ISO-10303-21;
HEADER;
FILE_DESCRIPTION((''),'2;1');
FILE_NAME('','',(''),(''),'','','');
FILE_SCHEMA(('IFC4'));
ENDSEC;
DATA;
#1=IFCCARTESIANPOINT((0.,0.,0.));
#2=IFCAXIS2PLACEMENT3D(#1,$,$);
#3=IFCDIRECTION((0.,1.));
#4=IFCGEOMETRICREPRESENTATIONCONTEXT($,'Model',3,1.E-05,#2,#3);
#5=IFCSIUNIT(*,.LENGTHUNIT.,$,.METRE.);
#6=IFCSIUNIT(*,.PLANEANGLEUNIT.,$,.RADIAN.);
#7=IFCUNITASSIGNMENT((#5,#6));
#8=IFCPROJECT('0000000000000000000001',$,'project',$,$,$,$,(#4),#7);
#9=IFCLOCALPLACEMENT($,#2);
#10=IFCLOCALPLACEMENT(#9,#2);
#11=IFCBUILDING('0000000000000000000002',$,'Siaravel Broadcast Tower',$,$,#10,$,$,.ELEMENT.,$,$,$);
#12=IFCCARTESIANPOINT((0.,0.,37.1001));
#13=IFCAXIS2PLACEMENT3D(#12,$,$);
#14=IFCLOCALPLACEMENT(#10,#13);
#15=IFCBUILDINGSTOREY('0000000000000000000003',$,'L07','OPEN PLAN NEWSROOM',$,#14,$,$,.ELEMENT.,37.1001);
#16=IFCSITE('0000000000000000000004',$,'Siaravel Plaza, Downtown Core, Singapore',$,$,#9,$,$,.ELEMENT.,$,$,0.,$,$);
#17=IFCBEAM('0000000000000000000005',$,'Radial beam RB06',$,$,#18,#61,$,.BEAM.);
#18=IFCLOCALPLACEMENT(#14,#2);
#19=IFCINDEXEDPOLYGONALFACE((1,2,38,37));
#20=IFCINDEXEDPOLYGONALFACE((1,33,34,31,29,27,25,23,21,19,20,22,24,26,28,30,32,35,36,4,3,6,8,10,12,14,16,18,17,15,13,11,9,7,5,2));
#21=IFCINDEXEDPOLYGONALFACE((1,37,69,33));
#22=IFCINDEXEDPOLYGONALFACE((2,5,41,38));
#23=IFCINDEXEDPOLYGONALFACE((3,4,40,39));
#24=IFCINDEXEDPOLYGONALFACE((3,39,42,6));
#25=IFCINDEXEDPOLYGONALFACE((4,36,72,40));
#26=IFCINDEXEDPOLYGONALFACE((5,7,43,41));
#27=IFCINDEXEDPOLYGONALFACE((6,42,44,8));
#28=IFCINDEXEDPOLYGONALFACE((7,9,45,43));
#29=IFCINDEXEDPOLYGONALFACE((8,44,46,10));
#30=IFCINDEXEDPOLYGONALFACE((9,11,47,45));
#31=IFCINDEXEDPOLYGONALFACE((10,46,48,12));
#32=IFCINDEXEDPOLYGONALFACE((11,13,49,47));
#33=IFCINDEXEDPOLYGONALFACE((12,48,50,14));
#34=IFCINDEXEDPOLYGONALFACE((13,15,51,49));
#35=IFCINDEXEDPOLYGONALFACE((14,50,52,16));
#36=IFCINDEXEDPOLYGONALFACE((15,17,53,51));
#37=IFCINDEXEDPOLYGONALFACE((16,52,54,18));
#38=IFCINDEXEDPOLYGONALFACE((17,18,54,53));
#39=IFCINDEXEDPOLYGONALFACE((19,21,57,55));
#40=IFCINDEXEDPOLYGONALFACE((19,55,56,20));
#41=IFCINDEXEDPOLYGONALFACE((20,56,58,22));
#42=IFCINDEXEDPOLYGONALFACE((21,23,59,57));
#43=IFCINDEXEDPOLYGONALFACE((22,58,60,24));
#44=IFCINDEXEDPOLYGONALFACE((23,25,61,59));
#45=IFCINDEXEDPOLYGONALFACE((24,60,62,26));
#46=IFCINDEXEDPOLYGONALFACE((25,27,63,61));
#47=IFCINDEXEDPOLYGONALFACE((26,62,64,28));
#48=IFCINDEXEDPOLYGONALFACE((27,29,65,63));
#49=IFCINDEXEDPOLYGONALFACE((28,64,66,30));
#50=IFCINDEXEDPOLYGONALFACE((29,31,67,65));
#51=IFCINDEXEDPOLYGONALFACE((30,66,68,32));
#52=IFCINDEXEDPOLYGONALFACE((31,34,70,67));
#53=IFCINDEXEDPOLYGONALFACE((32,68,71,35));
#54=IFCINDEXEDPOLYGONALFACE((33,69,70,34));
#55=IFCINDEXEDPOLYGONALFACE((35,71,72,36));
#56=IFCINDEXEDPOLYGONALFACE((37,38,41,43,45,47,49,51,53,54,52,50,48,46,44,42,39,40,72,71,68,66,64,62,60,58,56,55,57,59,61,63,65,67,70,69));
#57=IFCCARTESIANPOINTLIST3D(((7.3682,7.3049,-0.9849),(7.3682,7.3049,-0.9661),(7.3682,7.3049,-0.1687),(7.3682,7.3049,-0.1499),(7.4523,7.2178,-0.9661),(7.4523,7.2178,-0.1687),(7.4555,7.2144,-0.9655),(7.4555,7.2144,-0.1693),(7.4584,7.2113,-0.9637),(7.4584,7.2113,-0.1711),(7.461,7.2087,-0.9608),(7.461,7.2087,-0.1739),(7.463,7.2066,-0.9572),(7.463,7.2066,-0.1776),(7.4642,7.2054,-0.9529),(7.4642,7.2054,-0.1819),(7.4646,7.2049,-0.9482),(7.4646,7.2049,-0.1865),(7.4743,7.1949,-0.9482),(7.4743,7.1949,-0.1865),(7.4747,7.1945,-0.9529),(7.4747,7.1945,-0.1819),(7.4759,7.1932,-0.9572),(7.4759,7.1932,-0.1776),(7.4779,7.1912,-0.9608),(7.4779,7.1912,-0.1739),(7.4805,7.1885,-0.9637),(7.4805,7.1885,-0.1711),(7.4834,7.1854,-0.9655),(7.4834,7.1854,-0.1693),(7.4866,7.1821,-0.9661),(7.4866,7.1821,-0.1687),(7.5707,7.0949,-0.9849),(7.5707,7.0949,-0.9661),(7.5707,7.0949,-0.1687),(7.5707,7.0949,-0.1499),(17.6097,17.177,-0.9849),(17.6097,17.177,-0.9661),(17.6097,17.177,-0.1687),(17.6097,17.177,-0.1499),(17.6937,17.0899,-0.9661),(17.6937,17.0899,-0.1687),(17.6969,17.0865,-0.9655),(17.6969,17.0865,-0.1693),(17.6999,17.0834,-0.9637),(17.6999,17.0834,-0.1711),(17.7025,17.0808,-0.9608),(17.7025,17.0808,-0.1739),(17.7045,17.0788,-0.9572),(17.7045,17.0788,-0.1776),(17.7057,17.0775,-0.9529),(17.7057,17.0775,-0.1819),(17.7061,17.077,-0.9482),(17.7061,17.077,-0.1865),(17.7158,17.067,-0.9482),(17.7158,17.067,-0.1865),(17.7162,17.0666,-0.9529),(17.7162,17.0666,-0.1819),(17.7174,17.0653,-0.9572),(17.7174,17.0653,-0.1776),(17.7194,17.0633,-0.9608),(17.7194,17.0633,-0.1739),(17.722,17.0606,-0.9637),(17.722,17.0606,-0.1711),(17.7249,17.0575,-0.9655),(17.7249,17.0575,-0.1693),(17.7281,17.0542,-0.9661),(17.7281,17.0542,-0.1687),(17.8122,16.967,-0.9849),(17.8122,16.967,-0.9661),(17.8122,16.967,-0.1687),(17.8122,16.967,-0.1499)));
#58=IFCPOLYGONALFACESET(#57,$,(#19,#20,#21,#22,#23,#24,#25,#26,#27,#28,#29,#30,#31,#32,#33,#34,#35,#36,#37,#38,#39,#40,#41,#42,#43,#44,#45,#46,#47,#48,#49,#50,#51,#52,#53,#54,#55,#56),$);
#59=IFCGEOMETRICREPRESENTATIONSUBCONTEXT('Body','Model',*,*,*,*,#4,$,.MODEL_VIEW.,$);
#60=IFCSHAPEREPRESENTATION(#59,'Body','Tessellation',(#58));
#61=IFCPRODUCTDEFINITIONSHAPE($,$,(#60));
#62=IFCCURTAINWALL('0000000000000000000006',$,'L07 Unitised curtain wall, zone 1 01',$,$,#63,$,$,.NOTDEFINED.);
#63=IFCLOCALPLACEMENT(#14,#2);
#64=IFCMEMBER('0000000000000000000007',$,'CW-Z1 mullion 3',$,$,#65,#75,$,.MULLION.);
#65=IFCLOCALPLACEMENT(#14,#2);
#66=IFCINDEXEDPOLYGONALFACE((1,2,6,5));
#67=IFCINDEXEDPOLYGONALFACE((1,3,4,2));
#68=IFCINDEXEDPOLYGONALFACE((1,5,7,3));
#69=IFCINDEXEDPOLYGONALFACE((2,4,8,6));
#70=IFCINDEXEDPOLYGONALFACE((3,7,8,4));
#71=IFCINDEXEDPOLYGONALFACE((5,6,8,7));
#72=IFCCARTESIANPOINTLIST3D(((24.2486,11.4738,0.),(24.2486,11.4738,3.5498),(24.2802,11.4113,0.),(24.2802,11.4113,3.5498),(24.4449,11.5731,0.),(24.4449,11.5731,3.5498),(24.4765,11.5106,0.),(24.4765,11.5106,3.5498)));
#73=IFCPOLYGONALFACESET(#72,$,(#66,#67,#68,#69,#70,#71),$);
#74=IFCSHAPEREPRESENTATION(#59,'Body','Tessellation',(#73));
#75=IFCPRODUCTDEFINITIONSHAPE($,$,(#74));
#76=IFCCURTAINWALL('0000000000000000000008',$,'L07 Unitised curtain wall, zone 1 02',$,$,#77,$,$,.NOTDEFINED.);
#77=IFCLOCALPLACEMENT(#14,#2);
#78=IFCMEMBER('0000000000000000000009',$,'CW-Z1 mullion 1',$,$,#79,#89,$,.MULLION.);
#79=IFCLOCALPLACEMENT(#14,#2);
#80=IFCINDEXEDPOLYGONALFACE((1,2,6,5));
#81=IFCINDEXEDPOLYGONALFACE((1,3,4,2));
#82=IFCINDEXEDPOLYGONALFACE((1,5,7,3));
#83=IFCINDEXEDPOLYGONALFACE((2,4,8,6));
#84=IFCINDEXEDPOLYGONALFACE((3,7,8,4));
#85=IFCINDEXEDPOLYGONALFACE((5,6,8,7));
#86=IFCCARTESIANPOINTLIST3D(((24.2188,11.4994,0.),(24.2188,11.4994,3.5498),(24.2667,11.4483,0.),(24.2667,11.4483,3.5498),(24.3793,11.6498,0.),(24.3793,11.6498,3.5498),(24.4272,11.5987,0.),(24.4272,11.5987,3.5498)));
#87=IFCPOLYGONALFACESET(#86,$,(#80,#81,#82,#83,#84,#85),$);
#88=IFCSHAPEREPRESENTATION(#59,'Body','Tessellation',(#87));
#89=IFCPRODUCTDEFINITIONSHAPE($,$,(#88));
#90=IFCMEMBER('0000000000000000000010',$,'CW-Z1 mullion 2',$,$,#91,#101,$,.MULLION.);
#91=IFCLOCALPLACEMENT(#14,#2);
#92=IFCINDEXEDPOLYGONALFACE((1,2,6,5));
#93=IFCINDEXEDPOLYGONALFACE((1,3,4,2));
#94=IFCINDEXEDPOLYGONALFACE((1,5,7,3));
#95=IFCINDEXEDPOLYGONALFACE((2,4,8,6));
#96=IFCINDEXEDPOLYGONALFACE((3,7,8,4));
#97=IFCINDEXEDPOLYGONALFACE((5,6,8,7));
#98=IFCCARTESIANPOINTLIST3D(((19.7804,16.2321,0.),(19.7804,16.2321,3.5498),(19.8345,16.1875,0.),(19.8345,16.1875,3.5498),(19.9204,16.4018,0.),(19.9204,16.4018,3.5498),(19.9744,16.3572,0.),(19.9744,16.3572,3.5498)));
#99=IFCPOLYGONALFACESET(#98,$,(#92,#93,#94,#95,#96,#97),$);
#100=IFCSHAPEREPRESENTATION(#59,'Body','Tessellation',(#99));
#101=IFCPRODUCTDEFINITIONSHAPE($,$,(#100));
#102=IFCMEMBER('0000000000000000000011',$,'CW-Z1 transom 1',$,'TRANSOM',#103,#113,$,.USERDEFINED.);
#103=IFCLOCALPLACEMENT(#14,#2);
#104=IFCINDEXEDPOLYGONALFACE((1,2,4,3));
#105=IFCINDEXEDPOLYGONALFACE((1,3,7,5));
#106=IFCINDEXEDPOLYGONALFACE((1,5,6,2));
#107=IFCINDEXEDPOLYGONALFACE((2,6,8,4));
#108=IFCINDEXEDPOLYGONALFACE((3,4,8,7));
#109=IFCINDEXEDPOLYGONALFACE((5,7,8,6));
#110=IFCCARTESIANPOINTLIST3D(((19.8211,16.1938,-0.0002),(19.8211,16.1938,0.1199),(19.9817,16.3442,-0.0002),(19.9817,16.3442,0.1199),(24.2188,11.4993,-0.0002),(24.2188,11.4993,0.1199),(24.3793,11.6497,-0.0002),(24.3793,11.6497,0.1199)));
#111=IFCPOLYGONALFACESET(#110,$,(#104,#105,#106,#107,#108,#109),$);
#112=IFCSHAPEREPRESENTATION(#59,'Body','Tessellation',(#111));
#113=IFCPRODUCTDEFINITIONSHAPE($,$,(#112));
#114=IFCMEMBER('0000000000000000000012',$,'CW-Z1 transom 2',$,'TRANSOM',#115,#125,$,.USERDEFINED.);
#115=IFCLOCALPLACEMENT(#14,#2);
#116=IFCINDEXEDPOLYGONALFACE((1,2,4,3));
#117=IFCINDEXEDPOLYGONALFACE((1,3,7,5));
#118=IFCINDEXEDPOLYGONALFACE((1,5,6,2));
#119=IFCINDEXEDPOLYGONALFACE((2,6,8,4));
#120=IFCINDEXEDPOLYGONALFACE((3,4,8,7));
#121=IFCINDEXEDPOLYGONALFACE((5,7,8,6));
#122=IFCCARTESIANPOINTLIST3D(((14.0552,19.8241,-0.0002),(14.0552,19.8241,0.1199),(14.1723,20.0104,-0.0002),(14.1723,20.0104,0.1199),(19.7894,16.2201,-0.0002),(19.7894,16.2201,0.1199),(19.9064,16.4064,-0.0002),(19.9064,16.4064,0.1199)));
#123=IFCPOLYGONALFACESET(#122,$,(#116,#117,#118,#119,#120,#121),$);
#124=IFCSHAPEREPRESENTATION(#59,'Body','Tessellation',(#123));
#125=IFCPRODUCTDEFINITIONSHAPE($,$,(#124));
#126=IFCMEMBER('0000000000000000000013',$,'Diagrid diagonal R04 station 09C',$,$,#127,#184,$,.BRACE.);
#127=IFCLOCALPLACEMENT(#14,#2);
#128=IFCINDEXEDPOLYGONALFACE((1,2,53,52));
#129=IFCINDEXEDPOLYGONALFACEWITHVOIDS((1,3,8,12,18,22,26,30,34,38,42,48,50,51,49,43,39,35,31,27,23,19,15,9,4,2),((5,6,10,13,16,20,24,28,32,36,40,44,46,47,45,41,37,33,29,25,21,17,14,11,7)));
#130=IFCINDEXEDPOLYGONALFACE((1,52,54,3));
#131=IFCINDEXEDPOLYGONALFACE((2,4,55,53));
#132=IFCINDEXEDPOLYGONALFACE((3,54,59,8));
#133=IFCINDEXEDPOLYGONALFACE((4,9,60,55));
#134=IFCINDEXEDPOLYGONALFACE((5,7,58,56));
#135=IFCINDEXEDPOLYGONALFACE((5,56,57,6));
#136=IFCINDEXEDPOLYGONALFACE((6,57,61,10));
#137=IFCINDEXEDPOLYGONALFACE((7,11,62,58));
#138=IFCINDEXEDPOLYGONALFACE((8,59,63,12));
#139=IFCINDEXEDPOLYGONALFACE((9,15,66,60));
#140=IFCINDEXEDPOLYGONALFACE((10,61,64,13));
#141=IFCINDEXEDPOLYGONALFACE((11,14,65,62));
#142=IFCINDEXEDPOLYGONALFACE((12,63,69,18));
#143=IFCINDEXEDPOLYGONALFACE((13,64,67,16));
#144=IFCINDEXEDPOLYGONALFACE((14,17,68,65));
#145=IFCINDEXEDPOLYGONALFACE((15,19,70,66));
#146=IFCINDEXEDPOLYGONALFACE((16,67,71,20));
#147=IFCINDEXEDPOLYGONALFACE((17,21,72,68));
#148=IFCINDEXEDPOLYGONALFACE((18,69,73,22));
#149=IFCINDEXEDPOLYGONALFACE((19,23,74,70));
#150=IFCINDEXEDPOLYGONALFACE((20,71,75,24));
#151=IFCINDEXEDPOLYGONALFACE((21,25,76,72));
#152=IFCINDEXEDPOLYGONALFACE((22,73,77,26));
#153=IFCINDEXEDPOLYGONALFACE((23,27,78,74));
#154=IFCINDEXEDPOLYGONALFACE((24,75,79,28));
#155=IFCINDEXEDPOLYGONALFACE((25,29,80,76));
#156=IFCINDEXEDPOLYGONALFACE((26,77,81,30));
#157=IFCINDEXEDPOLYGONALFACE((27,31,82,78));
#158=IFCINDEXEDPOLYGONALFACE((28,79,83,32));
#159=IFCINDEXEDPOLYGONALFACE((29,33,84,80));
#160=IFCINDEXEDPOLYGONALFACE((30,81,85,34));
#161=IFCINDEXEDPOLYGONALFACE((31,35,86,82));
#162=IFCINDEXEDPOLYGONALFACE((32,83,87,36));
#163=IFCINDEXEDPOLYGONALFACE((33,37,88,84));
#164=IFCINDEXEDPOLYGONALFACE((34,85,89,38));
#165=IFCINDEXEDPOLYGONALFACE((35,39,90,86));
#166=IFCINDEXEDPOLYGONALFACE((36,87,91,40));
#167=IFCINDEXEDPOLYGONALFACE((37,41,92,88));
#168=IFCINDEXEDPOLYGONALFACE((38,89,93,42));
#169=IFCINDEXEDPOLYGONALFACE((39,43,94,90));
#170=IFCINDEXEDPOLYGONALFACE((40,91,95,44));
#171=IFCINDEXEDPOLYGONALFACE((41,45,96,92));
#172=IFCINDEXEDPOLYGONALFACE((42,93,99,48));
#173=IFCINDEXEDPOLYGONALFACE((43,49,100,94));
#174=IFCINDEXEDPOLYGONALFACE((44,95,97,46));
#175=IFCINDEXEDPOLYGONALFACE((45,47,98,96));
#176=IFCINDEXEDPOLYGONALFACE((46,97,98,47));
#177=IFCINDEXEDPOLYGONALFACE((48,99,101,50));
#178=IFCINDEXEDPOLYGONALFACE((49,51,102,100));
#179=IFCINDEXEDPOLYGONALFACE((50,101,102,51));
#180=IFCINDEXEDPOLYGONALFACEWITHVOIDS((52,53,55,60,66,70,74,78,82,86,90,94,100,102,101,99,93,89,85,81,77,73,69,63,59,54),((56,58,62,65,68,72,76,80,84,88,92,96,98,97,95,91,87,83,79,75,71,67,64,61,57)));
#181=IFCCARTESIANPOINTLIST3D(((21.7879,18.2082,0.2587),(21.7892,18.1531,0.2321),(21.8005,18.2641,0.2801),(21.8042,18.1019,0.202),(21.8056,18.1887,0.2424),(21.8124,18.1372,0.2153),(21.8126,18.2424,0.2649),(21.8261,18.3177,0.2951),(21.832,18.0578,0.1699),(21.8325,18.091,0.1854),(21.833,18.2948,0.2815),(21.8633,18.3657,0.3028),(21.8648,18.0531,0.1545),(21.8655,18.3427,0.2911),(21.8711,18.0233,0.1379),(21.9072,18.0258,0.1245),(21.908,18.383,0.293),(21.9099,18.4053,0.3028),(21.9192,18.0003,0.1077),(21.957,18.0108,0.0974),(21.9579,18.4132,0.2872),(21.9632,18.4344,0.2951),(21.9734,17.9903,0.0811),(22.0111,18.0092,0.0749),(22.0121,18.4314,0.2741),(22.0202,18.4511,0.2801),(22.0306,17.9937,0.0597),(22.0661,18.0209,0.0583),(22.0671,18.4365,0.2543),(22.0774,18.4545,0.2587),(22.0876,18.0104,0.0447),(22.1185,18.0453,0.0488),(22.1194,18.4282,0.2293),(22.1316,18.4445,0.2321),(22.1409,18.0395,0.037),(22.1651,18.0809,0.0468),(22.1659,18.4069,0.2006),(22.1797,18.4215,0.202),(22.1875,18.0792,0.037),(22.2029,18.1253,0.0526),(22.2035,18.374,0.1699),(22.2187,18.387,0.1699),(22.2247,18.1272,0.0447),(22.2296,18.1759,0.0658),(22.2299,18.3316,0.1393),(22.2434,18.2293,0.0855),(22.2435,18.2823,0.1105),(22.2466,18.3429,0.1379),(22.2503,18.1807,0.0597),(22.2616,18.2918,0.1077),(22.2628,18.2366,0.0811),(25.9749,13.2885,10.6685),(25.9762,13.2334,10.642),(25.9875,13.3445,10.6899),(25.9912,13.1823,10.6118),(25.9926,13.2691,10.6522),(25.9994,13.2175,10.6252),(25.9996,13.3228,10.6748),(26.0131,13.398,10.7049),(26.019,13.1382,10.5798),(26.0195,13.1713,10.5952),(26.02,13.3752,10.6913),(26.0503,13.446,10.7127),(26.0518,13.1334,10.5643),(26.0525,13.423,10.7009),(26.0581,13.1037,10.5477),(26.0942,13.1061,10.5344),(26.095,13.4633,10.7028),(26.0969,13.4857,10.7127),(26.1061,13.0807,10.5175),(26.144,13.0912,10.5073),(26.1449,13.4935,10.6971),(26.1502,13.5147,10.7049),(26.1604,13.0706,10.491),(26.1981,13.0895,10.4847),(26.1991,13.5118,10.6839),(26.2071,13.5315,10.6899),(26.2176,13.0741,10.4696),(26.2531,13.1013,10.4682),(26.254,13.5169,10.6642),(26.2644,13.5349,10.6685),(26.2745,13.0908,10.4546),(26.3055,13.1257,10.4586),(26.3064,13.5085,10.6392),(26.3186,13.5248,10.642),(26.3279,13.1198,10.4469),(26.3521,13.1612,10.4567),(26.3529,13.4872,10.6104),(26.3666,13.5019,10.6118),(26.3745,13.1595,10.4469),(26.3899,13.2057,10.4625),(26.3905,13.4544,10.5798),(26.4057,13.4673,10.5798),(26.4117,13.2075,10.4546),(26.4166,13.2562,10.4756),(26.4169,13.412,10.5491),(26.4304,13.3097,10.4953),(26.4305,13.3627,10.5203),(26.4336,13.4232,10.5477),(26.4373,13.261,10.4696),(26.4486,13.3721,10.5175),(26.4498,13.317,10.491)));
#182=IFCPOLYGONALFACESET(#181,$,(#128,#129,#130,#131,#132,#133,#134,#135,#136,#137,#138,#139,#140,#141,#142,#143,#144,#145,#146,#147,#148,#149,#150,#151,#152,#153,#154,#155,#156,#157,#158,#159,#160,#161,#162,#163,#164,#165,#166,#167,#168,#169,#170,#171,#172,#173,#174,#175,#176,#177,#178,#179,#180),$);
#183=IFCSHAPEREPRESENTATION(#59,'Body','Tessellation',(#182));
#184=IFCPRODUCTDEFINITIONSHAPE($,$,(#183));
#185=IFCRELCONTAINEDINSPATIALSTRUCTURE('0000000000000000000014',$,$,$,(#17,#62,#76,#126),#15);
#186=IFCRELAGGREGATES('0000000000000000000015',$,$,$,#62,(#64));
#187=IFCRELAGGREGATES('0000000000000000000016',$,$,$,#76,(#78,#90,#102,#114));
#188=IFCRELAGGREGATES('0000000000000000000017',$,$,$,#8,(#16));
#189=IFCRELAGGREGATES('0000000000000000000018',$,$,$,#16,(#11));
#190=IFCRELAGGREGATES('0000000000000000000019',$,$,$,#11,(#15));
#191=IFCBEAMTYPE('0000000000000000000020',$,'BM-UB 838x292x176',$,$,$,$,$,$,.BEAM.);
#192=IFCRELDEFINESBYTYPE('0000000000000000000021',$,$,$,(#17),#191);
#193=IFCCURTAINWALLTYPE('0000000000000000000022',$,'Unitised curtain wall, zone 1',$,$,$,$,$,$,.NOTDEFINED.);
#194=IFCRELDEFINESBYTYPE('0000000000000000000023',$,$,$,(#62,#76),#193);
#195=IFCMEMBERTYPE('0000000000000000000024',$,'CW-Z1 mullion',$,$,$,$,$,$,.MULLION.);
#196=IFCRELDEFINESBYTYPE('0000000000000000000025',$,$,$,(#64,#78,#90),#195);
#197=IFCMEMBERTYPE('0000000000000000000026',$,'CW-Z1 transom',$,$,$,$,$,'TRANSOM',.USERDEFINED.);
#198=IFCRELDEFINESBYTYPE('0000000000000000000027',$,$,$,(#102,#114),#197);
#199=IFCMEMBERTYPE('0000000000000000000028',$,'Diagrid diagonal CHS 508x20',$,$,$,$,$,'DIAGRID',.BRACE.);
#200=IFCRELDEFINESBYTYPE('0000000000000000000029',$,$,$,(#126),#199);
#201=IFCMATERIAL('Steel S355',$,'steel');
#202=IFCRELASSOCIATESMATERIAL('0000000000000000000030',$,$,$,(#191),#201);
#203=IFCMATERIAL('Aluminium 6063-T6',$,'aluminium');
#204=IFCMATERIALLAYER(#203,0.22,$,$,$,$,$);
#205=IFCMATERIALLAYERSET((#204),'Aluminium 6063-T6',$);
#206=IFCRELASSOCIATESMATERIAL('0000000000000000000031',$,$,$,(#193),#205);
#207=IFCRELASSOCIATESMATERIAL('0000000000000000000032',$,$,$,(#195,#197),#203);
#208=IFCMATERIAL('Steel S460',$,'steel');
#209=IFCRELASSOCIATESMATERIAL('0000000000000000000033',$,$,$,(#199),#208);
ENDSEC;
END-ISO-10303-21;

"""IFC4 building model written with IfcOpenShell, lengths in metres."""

from ifc_helpers import new_model, si_unit, direction, frame, origin, origin_2d, place, context, subcontext, project, spatial, rectangle, hollow_circle, i_section, extrude, material, layer, layer_set, material_profile, profile_set, type_object, element, aggregate, save


model = new_model("IFC4")

# Units and contexts
model_context = context("Model", 3, precision=1e-05, world=origin(), true_north=direction((0.0, 1.0)))
body_context = subcontext(model_context, "Body", "Model", "MODEL_VIEW")
ifc_project = project(units=[si_unit("LENGTHUNIT", "METRE"), si_unit("PLANEANGLEUNIT", "RADIAN")], contexts=[model_context])

# Site, building, storey
site_placement = place(None, origin())
site = spatial("IfcSite", under=ifc_project, at=site_placement, Name="Siaravel Plaza, Downtown Core, Singapore", CompositionType="ELEMENT", RefElevation=0.0)
building_placement = place(site_placement, origin())
building = spatial("IfcBuilding", under=site, at=building_placement, Name="Siaravel Broadcast Tower", CompositionType="ELEMENT")
storey_placement = place(building_placement, frame((0.0, 0.0, 37.1001)))
storey = spatial("IfcBuildingStorey", under=building, at=storey_placement, Name="L07", Description="OPEN PLAN NEWSROOM", CompositionType="ELEMENT", Elevation=37.1001)

# Beam
ifc_material_1 = material(Name="Steel S355", Category="steel")
ifc_material_profile_1 = material_profile(ifc_material_1, i_section(OverallWidth=0.2917, OverallDepth=0.835, WebThickness=0.0139, FlangeThickness=0.0188, FilletRadius=0.0178, at=origin_2d()))
ifc_profile_set_1 = profile_set([ifc_material_profile_1], Name="Steel S355")
beam_type = type_object("IfcBeamType", Name="BM-UB 838x292x176", PredefinedType="BEAM", material=ifc_profile_set_1)
beam_1_placement = place(storey_placement, frame((17.7109, 17.072, -0.5674), z_axis=(-0.719971, -0.694004, 0.0), x_axis=(0.694004, -0.719971, 0.0)))
element("IfcBeam", 1, at=beam_1_placement, inside=storey, type_object=beam_type, Name="Radial beam RB06", PredefinedType="BEAM", context=body_context, shape_type="SweptSolid", body=[
    extrude(i_section(OverallWidth=0.2917, OverallDepth=0.835, WebThickness=0.0139, FlangeThickness=0.0188, FilletRadius=0.0178, at=origin_2d()), origin(), (0.0, 0.0, 1.0), 14.2249),
])

# Curtain wall, member
ifc_material_2 = material(Name="Aluminium 6063-T6", Category="aluminium")
ifc_layer_1 = layer(ifc_material_2, 0.22)
ifc_layer_set_1 = layer_set([ifc_layer_1], Name="Aluminium 6063-T6")
curtain_wall_type = type_object("IfcCurtainWallType", Name="Unitised curtain wall, zone 1", PredefinedType="NOTDEFINED", material=ifc_layer_set_1)
curtain_wall_1_placement = place(storey_placement, origin())
curtain_wall_1 = element("IfcCurtainWall", 2, at=curtain_wall_1_placement, inside=storey, type_object=curtain_wall_type, Name="L07 Unitised curtain wall, zone 1 01", PredefinedType="NOTDEFINED")
ifc_material_profile_2 = material_profile(ifc_material_2, rectangle(XDim=0.22, YDim=0.0701, at=origin_2d()))
ifc_profile_set_2 = profile_set([ifc_material_profile_2], Name="Aluminium 6063-T6")
member_type_1 = type_object("IfcMemberType", Name="CW-Z1 mullion", PredefinedType="MULLION", material=ifc_profile_set_2)
member_1_placement = place(storey_placement, frame((24.3625, 11.4922, 0.0), z_axis=(0.0, 0.0, 1.0), x_axis=(-0.892392, -0.451261, 0.0)))
member_1 = element("IfcMember", 3, at=member_1_placement, type_object=member_type_1, Name="CW-Z1 mullion 3", PredefinedType="MULLION", context=body_context, shape_type="SweptSolid", body=[
    extrude(rectangle(XDim=0.22, YDim=0.0701, at=origin_2d()), origin(), (0.0, 0.0, 1.0), 3.5498),
])
aggregate(curtain_wall_1, [member_1])

# Curtain wall, members
curtain_wall_2_placement = place(storey_placement, origin())
curtain_wall_2 = element("IfcCurtainWall", 4, at=curtain_wall_2_placement, inside=storey, type_object=curtain_wall_type, Name="L07 Unitised curtain wall, zone 1 02", PredefinedType="NOTDEFINED")
member_2_placement = place(storey_placement, frame((24.323, 11.5491, 0.0), z_axis=(0.0, 0.0, 1.0), x_axis=(-0.729805, -0.683655, 0.0)))
member_2 = element("IfcMember", 5, at=member_2_placement, type_object=member_type_1, Name="CW-Z1 mullion 1", PredefinedType="MULLION", context=body_context, shape_type="SweptSolid", body=[
    extrude(rectangle(XDim=0.22, YDim=0.0701, at=origin_2d()), origin(), (0.0, 0.0, 1.0), 3.5498),
])
member_3_placement = place(storey_placement, frame((19.8774, 16.2947, 0.0), z_axis=(0.0, 0.0, 1.0), x_axis=(-0.636218, -0.771509, 0.0)))
member_3 = element("IfcMember", 6, at=member_3_placement, type_object=member_type_1, Name="CW-Z1 mullion 2", PredefinedType="MULLION", context=body_context, shape_type="SweptSolid", body=[
    extrude(rectangle(XDim=0.22, YDim=0.0701, at=origin_2d()), origin(), (0.0, 0.0, 1.0), 3.5498),
])
ifc_material_profile_3 = material_profile(ifc_material_2, rectangle(XDim=0.22, YDim=0.1201, at=origin_2d()))
ifc_profile_set_3 = profile_set([ifc_material_profile_3], Name="Aluminium 6063-T6")
member_type_2 = type_object("IfcMemberType", Name="CW-Z1 transom", ElementType="TRANSOM", PredefinedType="USERDEFINED", material=ifc_profile_set_3)
member_4_placement = place(storey_placement, frame((24.2991, 11.5745, 0.0598), z_axis=(-0.683654, 0.729806, 0.0), x_axis=(-0.729806, -0.683654, 0.0)))
member_4 = element("IfcMember", 7, at=member_4_placement, type_object=member_type_2, Name="CW-Z1 transom 1", ObjectType="TRANSOM", PredefinedType="USERDEFINED", context=body_context, shape_type="SweptSolid", body=[
    extrude(rectangle(XDim=0.22, YDim=0.1201, at=origin_2d()), origin(), (0.0, 0.0, 1.0), 6.4326),
])
member_5_placement = place(storey_placement, frame((19.8479, 16.3132, 0.0598), z_axis=(-0.846657, 0.532139, 0.0), x_axis=(-0.532139, -0.846657, 0.0)))
member_5 = element("IfcMember", 8, at=member_5_placement, type_object=member_type_2, Name="CW-Z1 transom 2", ObjectType="TRANSOM", PredefinedType="USERDEFINED", context=body_context, shape_type="SweptSolid", body=[
    extrude(rectangle(XDim=0.22, YDim=0.1201, at=origin_2d()), origin(), (0.0, 0.0, 1.0), 6.7727),
])

# Member
ifc_material_3 = material(Name="Steel S460", Category="steel")
ifc_material_profile_4 = material_profile(ifc_material_3, hollow_circle(Radius=0.2539, WallThickness=0.02, at=origin_2d()))
ifc_profile_set_4 = profile_set([ifc_material_profile_4], Name="Steel S460")
member_type_3 = type_object("IfcMemberType", Name="Diagrid diagonal CHS 508x20", ElementType="DIAGRID", PredefinedType="BRACE", material=ifc_profile_set_4)
member_6_placement = place(storey_placement, frame((22.0254, 18.2224, 0.1699), z_axis=(0.341754, -0.401555, 0.849681), x_axis=(0.761535, 0.648123, 0.0)))
element("IfcMember", 9, at=member_6_placement, inside=storey, type_object=member_type_3, Name="Diagrid diagonal R04 station 09C", PredefinedType="BRACE", context=body_context, shape_type="SweptSolid", body=[
    extrude(hollow_circle(Radius=0.2539, WallThickness=0.02, at=origin_2d()), origin(), (0.0, 0.0, 1.0), 12.2515),
])

aggregate(curtain_wall_2, [member_2, member_3, member_4, member_5])

save(model, "model.ifc")
